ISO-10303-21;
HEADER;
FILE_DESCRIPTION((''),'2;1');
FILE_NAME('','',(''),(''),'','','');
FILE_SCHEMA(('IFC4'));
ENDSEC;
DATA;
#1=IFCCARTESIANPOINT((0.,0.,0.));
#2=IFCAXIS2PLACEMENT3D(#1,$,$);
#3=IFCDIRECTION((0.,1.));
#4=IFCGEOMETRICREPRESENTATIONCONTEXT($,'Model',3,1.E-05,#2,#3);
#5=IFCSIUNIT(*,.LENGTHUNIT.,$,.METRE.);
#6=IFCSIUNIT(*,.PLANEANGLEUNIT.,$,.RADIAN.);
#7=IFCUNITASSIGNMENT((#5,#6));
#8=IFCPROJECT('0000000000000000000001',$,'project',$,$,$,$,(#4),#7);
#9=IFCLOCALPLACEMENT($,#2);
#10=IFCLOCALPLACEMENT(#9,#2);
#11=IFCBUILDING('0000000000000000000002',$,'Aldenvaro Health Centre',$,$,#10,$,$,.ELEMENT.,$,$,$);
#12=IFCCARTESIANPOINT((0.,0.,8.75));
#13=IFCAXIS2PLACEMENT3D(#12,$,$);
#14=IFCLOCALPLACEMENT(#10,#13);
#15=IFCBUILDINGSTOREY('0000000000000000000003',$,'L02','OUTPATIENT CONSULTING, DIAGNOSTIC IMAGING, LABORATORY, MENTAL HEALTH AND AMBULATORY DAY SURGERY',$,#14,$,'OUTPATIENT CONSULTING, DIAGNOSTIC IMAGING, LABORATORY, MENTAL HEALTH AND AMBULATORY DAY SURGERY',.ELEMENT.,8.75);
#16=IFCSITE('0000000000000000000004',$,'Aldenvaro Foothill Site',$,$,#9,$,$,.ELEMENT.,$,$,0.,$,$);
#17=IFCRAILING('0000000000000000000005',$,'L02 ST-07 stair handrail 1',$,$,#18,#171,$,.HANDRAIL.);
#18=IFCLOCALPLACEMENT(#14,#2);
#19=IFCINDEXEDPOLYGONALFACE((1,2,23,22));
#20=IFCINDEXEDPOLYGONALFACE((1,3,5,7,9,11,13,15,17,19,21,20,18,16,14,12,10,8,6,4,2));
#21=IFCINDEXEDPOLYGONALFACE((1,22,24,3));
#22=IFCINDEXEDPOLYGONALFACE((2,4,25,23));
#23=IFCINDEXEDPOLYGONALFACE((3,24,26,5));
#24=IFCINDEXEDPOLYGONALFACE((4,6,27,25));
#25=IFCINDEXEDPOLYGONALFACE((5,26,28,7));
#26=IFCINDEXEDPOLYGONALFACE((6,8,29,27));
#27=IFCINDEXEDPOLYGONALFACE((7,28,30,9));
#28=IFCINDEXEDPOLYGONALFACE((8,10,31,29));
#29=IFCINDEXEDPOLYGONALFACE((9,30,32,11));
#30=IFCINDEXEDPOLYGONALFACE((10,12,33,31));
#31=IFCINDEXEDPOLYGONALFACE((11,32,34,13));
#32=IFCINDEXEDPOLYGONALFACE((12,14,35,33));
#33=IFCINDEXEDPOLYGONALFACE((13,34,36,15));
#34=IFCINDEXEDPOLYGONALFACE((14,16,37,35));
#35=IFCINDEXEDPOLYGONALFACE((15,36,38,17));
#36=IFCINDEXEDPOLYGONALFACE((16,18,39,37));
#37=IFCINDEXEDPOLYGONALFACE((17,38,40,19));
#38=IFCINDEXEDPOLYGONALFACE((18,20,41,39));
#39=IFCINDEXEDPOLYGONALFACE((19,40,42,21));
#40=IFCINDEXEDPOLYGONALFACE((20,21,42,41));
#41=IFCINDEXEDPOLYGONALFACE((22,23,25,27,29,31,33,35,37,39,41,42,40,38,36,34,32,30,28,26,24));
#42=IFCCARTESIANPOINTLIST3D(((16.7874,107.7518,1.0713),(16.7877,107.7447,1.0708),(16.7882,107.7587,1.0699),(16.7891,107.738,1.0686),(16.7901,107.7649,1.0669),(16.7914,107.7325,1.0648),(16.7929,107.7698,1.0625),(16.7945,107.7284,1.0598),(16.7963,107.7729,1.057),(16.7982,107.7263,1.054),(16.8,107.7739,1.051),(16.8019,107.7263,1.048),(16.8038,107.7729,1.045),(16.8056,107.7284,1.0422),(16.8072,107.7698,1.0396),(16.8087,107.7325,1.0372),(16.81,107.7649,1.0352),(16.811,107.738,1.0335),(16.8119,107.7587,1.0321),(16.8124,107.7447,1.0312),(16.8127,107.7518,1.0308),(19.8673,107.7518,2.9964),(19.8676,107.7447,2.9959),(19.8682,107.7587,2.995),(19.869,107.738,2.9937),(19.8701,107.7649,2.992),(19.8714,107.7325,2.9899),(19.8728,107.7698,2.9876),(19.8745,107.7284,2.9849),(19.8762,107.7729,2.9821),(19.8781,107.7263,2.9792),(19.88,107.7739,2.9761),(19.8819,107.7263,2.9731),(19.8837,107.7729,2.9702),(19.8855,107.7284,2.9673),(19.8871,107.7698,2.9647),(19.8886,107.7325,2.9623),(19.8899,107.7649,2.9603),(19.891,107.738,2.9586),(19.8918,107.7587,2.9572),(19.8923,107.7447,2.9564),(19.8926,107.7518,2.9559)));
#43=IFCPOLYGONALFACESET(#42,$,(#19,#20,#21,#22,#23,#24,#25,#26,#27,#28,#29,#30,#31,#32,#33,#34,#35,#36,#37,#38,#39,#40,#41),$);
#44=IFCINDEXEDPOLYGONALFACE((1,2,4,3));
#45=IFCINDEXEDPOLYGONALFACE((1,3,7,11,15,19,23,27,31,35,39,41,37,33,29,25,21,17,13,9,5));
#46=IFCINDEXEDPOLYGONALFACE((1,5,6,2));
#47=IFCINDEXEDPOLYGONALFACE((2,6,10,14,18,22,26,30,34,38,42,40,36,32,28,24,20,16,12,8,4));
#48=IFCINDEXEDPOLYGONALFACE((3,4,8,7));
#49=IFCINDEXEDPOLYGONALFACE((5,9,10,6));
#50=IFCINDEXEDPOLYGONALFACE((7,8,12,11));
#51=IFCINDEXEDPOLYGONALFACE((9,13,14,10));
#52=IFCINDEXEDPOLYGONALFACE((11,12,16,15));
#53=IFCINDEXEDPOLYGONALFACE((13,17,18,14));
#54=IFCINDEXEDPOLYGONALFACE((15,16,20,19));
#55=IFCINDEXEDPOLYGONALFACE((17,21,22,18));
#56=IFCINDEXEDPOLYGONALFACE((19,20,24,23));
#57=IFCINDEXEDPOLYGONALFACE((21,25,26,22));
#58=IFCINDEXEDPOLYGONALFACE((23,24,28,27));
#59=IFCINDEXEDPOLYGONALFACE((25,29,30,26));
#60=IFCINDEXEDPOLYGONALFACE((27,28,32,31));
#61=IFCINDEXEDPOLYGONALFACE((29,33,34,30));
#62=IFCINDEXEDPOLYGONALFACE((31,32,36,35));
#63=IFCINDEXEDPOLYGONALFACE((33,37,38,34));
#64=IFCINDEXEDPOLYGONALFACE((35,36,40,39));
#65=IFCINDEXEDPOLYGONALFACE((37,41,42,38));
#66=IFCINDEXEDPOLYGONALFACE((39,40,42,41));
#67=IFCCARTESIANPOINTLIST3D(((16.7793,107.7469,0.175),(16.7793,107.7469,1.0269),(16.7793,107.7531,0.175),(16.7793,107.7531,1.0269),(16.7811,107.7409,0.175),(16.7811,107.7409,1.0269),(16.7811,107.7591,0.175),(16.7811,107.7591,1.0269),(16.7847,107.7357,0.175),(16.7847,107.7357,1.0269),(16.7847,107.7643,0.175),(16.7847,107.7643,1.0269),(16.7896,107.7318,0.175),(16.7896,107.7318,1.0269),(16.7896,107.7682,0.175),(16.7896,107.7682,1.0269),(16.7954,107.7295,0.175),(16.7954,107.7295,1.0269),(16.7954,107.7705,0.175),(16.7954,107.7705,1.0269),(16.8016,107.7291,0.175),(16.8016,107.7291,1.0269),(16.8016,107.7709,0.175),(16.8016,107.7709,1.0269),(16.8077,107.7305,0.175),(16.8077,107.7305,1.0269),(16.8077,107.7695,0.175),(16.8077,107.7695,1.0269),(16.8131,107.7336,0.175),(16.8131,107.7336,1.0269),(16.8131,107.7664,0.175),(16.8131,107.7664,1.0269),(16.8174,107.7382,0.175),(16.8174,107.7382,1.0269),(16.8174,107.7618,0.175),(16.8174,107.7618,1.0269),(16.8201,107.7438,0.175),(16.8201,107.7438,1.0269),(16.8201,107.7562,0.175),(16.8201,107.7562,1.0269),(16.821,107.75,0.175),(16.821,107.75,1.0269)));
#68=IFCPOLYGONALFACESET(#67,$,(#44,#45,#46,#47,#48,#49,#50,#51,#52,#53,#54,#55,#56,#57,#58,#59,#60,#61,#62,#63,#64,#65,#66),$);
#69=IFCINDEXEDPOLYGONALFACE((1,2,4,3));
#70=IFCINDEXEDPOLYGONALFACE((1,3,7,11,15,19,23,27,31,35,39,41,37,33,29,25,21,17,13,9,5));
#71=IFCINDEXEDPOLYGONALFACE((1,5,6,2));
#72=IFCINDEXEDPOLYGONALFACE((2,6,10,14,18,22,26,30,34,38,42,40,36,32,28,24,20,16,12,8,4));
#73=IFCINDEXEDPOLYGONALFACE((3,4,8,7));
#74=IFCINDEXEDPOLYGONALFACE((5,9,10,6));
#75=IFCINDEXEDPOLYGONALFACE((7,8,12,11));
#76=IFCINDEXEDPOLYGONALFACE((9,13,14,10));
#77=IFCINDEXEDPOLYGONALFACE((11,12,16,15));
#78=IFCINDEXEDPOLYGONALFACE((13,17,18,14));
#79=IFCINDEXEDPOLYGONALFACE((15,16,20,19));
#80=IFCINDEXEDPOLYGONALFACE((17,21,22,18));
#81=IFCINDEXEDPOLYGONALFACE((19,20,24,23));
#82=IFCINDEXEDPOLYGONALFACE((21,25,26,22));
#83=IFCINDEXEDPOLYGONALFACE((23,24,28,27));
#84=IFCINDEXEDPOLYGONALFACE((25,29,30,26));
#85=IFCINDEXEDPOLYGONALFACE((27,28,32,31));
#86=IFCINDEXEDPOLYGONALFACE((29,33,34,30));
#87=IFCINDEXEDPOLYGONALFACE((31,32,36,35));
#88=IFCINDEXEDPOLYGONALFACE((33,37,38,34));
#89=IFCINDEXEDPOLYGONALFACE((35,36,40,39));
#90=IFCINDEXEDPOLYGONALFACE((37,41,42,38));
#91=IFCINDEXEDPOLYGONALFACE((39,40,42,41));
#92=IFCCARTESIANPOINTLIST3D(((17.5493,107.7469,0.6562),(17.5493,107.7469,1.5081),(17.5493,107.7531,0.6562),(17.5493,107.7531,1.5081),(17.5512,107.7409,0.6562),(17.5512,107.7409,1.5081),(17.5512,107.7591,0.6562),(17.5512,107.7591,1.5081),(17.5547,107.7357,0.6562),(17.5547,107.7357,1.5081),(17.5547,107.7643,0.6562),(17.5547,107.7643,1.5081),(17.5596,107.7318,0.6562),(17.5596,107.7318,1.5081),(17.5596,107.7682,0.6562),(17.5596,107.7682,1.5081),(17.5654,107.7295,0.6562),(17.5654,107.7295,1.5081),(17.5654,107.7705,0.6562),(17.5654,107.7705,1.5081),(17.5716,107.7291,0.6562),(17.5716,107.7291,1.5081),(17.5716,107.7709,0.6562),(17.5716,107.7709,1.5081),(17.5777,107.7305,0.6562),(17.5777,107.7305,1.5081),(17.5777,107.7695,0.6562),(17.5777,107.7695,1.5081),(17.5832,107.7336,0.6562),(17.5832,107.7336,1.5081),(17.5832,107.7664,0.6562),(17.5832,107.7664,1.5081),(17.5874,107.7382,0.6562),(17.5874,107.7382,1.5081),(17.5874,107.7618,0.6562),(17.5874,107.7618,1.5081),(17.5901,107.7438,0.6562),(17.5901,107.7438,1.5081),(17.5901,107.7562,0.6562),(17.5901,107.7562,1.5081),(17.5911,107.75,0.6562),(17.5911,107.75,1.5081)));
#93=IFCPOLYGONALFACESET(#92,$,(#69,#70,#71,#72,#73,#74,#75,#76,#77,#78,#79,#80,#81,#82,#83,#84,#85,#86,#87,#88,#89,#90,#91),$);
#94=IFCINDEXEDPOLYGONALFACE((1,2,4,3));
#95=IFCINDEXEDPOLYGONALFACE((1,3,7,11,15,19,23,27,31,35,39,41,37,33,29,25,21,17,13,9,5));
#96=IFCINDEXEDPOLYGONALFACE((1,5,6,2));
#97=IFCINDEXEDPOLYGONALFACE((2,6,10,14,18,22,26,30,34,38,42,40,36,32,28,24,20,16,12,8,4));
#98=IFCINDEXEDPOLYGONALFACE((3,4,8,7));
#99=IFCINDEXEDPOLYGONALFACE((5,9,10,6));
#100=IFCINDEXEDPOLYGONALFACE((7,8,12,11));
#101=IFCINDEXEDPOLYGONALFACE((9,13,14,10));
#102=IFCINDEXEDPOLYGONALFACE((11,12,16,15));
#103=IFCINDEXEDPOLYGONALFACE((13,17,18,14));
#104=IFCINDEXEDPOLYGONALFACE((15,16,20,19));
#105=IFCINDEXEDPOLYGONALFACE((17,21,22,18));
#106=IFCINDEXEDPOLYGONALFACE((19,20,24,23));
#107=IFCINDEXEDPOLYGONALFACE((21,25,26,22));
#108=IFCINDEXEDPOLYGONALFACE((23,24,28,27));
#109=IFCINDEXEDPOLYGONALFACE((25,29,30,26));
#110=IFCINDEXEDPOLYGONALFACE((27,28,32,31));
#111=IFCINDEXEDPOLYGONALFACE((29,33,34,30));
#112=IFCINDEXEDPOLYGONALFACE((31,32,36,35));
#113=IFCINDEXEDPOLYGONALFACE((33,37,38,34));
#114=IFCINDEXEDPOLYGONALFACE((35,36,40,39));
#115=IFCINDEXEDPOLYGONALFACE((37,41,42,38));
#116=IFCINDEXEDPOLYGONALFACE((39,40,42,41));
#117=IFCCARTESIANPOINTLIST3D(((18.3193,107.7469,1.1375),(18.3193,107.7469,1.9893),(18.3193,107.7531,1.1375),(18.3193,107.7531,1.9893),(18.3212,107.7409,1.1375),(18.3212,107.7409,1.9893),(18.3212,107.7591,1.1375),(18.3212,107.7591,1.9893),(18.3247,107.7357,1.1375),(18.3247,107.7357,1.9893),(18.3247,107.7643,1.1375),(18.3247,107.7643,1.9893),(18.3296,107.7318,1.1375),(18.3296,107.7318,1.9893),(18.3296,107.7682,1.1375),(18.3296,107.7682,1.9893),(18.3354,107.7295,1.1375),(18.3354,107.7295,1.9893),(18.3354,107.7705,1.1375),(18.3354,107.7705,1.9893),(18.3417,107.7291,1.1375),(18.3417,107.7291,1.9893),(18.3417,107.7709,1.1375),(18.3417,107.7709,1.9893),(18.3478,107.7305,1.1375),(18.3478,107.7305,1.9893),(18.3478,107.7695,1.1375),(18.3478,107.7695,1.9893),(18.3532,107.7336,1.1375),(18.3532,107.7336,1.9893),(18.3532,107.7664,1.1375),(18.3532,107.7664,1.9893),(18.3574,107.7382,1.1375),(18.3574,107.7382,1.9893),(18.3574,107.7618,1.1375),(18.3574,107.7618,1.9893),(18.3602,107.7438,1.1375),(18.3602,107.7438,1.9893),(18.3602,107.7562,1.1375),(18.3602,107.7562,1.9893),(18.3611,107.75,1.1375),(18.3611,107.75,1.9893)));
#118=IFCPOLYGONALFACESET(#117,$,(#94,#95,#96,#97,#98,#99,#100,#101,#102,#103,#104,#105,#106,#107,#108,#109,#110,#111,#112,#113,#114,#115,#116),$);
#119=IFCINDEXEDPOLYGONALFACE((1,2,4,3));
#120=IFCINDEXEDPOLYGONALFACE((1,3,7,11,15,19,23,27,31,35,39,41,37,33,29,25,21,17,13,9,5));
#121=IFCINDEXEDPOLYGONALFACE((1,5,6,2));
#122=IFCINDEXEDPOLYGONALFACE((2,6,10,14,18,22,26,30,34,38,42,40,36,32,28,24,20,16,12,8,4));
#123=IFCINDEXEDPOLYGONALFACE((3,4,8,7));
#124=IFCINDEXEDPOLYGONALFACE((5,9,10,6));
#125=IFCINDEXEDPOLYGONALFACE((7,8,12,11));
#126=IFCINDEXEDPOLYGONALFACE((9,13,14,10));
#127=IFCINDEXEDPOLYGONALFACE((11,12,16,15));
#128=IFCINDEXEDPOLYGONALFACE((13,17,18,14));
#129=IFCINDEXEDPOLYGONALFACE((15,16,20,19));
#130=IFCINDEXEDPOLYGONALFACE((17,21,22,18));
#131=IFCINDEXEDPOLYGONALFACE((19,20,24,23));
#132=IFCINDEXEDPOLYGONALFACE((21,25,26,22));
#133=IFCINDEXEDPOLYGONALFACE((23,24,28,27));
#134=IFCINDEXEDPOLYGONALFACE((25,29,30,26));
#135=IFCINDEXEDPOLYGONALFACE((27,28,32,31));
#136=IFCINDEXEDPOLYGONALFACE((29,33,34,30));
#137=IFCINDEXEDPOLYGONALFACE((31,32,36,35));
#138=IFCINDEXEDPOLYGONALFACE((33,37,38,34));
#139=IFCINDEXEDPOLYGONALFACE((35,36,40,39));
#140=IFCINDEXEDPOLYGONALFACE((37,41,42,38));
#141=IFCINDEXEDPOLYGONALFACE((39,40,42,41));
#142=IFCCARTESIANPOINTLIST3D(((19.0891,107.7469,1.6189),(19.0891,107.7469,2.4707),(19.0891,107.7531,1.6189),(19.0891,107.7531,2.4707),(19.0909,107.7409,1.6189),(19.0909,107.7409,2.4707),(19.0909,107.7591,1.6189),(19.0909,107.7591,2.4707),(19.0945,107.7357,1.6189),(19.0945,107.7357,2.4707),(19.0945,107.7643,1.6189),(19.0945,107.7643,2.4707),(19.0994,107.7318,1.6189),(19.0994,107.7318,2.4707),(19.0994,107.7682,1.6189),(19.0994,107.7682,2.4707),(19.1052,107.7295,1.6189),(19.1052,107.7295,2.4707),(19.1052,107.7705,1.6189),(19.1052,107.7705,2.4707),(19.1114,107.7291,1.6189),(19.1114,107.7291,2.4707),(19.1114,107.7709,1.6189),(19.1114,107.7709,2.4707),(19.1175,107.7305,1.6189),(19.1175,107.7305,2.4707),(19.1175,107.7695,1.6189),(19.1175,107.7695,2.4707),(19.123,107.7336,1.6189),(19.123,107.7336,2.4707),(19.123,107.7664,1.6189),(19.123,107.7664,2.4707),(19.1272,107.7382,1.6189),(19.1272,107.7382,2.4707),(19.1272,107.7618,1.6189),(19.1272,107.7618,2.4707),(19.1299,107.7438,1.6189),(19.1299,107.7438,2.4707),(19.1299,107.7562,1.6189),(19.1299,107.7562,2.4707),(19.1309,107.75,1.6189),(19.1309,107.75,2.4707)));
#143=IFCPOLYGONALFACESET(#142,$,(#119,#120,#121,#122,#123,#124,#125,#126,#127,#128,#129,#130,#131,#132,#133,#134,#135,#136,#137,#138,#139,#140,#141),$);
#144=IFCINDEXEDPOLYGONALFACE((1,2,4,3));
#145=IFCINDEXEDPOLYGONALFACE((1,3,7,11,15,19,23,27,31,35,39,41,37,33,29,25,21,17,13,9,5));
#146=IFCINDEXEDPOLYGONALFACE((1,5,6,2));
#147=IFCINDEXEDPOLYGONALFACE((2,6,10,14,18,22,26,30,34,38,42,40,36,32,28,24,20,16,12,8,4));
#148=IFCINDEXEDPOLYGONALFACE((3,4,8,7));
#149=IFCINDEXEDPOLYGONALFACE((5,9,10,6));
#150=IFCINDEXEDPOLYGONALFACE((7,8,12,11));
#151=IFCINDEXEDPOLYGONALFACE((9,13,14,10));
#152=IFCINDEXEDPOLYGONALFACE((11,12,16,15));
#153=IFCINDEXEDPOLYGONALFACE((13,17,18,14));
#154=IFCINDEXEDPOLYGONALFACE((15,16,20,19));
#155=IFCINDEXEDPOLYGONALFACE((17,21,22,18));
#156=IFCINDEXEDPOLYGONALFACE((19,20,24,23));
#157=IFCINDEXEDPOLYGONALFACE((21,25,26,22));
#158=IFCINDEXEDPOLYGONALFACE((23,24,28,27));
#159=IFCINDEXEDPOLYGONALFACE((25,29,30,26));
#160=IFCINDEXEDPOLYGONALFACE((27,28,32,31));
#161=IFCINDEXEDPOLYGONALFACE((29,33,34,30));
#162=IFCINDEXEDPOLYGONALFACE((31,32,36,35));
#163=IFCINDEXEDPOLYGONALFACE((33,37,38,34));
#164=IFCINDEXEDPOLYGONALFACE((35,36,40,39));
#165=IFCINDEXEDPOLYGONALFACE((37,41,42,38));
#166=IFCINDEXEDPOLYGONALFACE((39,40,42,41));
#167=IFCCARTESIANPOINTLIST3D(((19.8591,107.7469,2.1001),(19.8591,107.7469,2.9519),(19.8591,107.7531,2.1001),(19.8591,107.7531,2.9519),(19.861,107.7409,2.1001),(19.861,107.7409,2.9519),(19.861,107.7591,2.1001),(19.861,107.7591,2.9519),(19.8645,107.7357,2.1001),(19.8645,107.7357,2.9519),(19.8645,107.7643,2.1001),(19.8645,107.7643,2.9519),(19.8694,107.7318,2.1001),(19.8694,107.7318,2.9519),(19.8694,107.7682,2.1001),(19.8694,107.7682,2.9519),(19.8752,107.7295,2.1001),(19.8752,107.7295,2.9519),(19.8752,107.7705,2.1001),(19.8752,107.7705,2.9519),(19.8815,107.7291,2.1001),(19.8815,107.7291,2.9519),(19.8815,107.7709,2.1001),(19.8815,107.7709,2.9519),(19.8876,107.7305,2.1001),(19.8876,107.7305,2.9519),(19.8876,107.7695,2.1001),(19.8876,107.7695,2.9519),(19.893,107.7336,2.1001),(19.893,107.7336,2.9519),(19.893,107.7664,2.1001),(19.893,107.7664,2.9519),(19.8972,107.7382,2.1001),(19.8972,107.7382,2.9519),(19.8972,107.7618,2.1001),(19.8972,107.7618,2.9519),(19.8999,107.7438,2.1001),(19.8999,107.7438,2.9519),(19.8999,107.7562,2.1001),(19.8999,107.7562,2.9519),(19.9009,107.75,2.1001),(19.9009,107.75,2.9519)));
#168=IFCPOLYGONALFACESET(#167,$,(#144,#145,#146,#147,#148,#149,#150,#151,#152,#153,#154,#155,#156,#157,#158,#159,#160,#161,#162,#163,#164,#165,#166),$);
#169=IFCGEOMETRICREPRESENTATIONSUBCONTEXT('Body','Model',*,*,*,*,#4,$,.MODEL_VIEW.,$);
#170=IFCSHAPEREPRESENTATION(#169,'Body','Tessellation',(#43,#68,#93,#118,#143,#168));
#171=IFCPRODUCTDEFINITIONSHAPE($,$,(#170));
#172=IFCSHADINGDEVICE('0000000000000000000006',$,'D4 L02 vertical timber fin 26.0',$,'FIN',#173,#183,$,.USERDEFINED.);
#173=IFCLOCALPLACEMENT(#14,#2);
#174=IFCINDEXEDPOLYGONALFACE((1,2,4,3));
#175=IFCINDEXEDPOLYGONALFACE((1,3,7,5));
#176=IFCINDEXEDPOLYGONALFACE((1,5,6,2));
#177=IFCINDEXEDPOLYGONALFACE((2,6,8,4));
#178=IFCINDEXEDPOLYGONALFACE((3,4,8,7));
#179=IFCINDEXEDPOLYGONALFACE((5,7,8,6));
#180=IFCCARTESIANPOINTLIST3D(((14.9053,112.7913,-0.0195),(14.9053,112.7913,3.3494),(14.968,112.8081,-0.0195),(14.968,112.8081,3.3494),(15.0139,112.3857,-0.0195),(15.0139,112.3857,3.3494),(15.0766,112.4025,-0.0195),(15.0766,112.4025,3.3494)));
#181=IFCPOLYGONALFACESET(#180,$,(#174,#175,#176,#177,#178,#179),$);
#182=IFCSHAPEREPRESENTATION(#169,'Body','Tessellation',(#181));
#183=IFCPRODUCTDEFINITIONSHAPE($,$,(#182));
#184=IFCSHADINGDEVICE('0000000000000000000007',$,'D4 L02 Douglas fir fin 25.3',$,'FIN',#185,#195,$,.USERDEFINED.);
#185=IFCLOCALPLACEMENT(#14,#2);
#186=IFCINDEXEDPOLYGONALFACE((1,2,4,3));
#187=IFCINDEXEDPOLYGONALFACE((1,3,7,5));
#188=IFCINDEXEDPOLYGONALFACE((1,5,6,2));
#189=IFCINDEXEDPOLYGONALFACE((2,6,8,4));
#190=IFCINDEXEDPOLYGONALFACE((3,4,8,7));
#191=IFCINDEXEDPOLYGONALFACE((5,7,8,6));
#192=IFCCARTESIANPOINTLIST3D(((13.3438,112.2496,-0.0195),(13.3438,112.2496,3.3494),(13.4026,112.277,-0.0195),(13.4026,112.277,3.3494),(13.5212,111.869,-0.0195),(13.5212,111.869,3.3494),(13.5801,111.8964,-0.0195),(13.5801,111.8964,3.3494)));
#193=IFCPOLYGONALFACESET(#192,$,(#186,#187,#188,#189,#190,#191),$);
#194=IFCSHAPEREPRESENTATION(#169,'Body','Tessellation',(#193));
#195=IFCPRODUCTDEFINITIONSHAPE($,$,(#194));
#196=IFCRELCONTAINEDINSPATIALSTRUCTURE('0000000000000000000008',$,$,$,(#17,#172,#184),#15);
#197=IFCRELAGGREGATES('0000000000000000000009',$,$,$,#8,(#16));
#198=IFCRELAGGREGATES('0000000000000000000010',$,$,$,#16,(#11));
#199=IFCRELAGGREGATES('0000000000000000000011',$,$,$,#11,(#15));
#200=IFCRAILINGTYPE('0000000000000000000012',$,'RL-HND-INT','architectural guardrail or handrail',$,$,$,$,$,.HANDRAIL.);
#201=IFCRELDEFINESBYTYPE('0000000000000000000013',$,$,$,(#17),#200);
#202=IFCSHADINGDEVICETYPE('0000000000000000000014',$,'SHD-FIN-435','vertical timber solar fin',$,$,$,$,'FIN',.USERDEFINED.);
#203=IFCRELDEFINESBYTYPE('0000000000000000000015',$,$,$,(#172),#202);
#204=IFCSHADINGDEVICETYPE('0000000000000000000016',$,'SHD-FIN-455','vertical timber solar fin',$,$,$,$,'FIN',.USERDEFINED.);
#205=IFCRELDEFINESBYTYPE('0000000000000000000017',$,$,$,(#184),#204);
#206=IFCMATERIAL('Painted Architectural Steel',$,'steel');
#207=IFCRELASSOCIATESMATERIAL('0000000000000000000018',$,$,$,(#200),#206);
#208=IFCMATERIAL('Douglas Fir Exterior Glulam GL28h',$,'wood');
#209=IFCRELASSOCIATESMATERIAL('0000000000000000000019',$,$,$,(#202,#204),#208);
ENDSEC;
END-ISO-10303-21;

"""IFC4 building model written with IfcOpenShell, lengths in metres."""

from ifc_helpers import new_model, si_unit, direction, frame, origin, origin_2d, place, context, subcontext, project, spatial, rectangle, circle, extrude, material, type_object, element, save


model = new_model("IFC4")

# Units and contexts
model_context = context("Model", 3, precision=1e-05, world=origin(), true_north=direction((0.0, 1.0)))
body_context = subcontext(model_context, "Body", "Model", "MODEL_VIEW")
ifc_project = project(units=[si_unit("LENGTHUNIT", "METRE"), si_unit("PLANEANGLEUNIT", "RADIAN")], contexts=[model_context])

# Site, building, storey
site_placement = place(None, origin())
site = spatial("IfcSite", under=ifc_project, at=site_placement, Name="Aldenvaro Foothill Site", CompositionType="ELEMENT", RefElevation=0.0)
building_placement = place(site_placement, origin())
building = spatial("IfcBuilding", under=site, at=building_placement, Name="Aldenvaro Health Centre", CompositionType="ELEMENT")
storey_placement = place(building_placement, frame((0.0, 0.0, 8.75)))
storey = spatial("IfcBuildingStorey", under=building, at=storey_placement, Name="L02", Description="OUTPATIENT CONSULTING, DIAGNOSTIC IMAGING, LABORATORY, MENTAL HEALTH AND AMBULATORY DAY SURGERY", LongName="OUTPATIENT CONSULTING, DIAGNOSTIC IMAGING, LABORATORY, MENTAL HEALTH AND AMBULATORY DAY SURGERY", CompositionType="ELEMENT", Elevation=8.75)

# Railing
ifc_material_1 = material(Name="Painted Architectural Steel", Category="steel")
railing_type_1 = type_object("IfcRailingType", Name="RL-HND-INT", Description="architectural guardrail or handrail", PredefinedType="HANDRAIL", material=ifc_material_1)
railing_1_placement = place(storey_placement, frame((16.8, 107.75, 0.175)))
element("IfcRailing", 1, at=railing_1_placement, inside=storey, type_object=railing_type_1, Name="L02 ST-07 stair handrail 1", PredefinedType="HANDRAIL", context=body_context, shape_type="SweptSolid", body=[
    extrude(circle(Radius=0.0239, at=origin_2d()), frame((0.0, 0.0, 0.876), z_axis=(0.847979, 0.0, 0.530029), x_axis=(0.0, 1.0, 0.0)), (0.0, 0.0, 1.0), 3.6321),
    extrude(circle(Radius=0.021, at=origin_2d()), origin(), (0.0, 0.0, 1.0), 0.8518),
    extrude(circle(Radius=0.021, at=origin_2d()), frame((0.77, 0.0, 0.4812)), (0.0, 0.0, 1.0), 0.8518),
    extrude(circle(Radius=0.021, at=origin_2d()), frame((1.54, 0.0, 0.9624)), (0.0, 0.0, 1.0), 0.8518),
    extrude(circle(Radius=0.021, at=origin_2d()), frame((2.3098, 0.0, 1.4438)), (0.0, 0.0, 1.0), 0.8518),
    extrude(circle(Radius=0.021, at=origin_2d()), frame((3.0798, 0.0, 1.925)), (0.0, 0.0, 1.0), 0.8518),
])

# Shading devices
ifc_material_2 = material(Name="Douglas Fir Exterior Glulam GL28h", Category="wood")
shading_device_type_1 = type_object("IfcShadingDeviceType", Name="SHD-FIN-435", Description="vertical timber solar fin", ElementType="FIN", PredefinedType="USERDEFINED", material=ifc_material_2)
shading_device_1_placement = place(storey_placement, frame((14.991, 112.5969, -0.0195), z_axis=(0.0, 0.0, 1.0), x_axis=(0.965979, 0.258622, 0.0)))
element("IfcShadingDevice", 2, at=shading_device_1_placement, inside=storey, type_object=shading_device_type_1, Name="D4 L02 vertical timber fin 26.0", ObjectType="FIN", PredefinedType="USERDEFINED", context=body_context, shape_type="SweptSolid", body=[
    extrude(rectangle(XDim=0.0649, YDim=0.4199, at=origin_2d()), origin(), (0.0, 0.0, 1.0), 3.3689),
])
shading_device_type_2 = type_object("IfcShadingDeviceType", Name="SHD-FIN-455", Description="vertical timber solar fin", ElementType="FIN", PredefinedType="USERDEFINED", material=ifc_material_2)
shading_device_2_placement = place(storey_placement, frame((13.4619, 112.073, -0.0195), z_axis=(0.0, 0.0, 1.0), x_axis=(0.906336, 0.422557, 0.0)))
element("IfcShadingDevice", 3, at=shading_device_2_placement, inside=storey, type_object=shading_device_type_2, Name="D4 L02 Douglas fir fin 25.3", ObjectType="FIN", PredefinedType="USERDEFINED", context=body_context, shape_type="SweptSolid", body=[
    extrude(rectangle(XDim=0.0649, YDim=0.4199, at=origin_2d()), origin(), (0.0, 0.0, 1.0), 3.3689),
])

save(model, "model.ifc")
